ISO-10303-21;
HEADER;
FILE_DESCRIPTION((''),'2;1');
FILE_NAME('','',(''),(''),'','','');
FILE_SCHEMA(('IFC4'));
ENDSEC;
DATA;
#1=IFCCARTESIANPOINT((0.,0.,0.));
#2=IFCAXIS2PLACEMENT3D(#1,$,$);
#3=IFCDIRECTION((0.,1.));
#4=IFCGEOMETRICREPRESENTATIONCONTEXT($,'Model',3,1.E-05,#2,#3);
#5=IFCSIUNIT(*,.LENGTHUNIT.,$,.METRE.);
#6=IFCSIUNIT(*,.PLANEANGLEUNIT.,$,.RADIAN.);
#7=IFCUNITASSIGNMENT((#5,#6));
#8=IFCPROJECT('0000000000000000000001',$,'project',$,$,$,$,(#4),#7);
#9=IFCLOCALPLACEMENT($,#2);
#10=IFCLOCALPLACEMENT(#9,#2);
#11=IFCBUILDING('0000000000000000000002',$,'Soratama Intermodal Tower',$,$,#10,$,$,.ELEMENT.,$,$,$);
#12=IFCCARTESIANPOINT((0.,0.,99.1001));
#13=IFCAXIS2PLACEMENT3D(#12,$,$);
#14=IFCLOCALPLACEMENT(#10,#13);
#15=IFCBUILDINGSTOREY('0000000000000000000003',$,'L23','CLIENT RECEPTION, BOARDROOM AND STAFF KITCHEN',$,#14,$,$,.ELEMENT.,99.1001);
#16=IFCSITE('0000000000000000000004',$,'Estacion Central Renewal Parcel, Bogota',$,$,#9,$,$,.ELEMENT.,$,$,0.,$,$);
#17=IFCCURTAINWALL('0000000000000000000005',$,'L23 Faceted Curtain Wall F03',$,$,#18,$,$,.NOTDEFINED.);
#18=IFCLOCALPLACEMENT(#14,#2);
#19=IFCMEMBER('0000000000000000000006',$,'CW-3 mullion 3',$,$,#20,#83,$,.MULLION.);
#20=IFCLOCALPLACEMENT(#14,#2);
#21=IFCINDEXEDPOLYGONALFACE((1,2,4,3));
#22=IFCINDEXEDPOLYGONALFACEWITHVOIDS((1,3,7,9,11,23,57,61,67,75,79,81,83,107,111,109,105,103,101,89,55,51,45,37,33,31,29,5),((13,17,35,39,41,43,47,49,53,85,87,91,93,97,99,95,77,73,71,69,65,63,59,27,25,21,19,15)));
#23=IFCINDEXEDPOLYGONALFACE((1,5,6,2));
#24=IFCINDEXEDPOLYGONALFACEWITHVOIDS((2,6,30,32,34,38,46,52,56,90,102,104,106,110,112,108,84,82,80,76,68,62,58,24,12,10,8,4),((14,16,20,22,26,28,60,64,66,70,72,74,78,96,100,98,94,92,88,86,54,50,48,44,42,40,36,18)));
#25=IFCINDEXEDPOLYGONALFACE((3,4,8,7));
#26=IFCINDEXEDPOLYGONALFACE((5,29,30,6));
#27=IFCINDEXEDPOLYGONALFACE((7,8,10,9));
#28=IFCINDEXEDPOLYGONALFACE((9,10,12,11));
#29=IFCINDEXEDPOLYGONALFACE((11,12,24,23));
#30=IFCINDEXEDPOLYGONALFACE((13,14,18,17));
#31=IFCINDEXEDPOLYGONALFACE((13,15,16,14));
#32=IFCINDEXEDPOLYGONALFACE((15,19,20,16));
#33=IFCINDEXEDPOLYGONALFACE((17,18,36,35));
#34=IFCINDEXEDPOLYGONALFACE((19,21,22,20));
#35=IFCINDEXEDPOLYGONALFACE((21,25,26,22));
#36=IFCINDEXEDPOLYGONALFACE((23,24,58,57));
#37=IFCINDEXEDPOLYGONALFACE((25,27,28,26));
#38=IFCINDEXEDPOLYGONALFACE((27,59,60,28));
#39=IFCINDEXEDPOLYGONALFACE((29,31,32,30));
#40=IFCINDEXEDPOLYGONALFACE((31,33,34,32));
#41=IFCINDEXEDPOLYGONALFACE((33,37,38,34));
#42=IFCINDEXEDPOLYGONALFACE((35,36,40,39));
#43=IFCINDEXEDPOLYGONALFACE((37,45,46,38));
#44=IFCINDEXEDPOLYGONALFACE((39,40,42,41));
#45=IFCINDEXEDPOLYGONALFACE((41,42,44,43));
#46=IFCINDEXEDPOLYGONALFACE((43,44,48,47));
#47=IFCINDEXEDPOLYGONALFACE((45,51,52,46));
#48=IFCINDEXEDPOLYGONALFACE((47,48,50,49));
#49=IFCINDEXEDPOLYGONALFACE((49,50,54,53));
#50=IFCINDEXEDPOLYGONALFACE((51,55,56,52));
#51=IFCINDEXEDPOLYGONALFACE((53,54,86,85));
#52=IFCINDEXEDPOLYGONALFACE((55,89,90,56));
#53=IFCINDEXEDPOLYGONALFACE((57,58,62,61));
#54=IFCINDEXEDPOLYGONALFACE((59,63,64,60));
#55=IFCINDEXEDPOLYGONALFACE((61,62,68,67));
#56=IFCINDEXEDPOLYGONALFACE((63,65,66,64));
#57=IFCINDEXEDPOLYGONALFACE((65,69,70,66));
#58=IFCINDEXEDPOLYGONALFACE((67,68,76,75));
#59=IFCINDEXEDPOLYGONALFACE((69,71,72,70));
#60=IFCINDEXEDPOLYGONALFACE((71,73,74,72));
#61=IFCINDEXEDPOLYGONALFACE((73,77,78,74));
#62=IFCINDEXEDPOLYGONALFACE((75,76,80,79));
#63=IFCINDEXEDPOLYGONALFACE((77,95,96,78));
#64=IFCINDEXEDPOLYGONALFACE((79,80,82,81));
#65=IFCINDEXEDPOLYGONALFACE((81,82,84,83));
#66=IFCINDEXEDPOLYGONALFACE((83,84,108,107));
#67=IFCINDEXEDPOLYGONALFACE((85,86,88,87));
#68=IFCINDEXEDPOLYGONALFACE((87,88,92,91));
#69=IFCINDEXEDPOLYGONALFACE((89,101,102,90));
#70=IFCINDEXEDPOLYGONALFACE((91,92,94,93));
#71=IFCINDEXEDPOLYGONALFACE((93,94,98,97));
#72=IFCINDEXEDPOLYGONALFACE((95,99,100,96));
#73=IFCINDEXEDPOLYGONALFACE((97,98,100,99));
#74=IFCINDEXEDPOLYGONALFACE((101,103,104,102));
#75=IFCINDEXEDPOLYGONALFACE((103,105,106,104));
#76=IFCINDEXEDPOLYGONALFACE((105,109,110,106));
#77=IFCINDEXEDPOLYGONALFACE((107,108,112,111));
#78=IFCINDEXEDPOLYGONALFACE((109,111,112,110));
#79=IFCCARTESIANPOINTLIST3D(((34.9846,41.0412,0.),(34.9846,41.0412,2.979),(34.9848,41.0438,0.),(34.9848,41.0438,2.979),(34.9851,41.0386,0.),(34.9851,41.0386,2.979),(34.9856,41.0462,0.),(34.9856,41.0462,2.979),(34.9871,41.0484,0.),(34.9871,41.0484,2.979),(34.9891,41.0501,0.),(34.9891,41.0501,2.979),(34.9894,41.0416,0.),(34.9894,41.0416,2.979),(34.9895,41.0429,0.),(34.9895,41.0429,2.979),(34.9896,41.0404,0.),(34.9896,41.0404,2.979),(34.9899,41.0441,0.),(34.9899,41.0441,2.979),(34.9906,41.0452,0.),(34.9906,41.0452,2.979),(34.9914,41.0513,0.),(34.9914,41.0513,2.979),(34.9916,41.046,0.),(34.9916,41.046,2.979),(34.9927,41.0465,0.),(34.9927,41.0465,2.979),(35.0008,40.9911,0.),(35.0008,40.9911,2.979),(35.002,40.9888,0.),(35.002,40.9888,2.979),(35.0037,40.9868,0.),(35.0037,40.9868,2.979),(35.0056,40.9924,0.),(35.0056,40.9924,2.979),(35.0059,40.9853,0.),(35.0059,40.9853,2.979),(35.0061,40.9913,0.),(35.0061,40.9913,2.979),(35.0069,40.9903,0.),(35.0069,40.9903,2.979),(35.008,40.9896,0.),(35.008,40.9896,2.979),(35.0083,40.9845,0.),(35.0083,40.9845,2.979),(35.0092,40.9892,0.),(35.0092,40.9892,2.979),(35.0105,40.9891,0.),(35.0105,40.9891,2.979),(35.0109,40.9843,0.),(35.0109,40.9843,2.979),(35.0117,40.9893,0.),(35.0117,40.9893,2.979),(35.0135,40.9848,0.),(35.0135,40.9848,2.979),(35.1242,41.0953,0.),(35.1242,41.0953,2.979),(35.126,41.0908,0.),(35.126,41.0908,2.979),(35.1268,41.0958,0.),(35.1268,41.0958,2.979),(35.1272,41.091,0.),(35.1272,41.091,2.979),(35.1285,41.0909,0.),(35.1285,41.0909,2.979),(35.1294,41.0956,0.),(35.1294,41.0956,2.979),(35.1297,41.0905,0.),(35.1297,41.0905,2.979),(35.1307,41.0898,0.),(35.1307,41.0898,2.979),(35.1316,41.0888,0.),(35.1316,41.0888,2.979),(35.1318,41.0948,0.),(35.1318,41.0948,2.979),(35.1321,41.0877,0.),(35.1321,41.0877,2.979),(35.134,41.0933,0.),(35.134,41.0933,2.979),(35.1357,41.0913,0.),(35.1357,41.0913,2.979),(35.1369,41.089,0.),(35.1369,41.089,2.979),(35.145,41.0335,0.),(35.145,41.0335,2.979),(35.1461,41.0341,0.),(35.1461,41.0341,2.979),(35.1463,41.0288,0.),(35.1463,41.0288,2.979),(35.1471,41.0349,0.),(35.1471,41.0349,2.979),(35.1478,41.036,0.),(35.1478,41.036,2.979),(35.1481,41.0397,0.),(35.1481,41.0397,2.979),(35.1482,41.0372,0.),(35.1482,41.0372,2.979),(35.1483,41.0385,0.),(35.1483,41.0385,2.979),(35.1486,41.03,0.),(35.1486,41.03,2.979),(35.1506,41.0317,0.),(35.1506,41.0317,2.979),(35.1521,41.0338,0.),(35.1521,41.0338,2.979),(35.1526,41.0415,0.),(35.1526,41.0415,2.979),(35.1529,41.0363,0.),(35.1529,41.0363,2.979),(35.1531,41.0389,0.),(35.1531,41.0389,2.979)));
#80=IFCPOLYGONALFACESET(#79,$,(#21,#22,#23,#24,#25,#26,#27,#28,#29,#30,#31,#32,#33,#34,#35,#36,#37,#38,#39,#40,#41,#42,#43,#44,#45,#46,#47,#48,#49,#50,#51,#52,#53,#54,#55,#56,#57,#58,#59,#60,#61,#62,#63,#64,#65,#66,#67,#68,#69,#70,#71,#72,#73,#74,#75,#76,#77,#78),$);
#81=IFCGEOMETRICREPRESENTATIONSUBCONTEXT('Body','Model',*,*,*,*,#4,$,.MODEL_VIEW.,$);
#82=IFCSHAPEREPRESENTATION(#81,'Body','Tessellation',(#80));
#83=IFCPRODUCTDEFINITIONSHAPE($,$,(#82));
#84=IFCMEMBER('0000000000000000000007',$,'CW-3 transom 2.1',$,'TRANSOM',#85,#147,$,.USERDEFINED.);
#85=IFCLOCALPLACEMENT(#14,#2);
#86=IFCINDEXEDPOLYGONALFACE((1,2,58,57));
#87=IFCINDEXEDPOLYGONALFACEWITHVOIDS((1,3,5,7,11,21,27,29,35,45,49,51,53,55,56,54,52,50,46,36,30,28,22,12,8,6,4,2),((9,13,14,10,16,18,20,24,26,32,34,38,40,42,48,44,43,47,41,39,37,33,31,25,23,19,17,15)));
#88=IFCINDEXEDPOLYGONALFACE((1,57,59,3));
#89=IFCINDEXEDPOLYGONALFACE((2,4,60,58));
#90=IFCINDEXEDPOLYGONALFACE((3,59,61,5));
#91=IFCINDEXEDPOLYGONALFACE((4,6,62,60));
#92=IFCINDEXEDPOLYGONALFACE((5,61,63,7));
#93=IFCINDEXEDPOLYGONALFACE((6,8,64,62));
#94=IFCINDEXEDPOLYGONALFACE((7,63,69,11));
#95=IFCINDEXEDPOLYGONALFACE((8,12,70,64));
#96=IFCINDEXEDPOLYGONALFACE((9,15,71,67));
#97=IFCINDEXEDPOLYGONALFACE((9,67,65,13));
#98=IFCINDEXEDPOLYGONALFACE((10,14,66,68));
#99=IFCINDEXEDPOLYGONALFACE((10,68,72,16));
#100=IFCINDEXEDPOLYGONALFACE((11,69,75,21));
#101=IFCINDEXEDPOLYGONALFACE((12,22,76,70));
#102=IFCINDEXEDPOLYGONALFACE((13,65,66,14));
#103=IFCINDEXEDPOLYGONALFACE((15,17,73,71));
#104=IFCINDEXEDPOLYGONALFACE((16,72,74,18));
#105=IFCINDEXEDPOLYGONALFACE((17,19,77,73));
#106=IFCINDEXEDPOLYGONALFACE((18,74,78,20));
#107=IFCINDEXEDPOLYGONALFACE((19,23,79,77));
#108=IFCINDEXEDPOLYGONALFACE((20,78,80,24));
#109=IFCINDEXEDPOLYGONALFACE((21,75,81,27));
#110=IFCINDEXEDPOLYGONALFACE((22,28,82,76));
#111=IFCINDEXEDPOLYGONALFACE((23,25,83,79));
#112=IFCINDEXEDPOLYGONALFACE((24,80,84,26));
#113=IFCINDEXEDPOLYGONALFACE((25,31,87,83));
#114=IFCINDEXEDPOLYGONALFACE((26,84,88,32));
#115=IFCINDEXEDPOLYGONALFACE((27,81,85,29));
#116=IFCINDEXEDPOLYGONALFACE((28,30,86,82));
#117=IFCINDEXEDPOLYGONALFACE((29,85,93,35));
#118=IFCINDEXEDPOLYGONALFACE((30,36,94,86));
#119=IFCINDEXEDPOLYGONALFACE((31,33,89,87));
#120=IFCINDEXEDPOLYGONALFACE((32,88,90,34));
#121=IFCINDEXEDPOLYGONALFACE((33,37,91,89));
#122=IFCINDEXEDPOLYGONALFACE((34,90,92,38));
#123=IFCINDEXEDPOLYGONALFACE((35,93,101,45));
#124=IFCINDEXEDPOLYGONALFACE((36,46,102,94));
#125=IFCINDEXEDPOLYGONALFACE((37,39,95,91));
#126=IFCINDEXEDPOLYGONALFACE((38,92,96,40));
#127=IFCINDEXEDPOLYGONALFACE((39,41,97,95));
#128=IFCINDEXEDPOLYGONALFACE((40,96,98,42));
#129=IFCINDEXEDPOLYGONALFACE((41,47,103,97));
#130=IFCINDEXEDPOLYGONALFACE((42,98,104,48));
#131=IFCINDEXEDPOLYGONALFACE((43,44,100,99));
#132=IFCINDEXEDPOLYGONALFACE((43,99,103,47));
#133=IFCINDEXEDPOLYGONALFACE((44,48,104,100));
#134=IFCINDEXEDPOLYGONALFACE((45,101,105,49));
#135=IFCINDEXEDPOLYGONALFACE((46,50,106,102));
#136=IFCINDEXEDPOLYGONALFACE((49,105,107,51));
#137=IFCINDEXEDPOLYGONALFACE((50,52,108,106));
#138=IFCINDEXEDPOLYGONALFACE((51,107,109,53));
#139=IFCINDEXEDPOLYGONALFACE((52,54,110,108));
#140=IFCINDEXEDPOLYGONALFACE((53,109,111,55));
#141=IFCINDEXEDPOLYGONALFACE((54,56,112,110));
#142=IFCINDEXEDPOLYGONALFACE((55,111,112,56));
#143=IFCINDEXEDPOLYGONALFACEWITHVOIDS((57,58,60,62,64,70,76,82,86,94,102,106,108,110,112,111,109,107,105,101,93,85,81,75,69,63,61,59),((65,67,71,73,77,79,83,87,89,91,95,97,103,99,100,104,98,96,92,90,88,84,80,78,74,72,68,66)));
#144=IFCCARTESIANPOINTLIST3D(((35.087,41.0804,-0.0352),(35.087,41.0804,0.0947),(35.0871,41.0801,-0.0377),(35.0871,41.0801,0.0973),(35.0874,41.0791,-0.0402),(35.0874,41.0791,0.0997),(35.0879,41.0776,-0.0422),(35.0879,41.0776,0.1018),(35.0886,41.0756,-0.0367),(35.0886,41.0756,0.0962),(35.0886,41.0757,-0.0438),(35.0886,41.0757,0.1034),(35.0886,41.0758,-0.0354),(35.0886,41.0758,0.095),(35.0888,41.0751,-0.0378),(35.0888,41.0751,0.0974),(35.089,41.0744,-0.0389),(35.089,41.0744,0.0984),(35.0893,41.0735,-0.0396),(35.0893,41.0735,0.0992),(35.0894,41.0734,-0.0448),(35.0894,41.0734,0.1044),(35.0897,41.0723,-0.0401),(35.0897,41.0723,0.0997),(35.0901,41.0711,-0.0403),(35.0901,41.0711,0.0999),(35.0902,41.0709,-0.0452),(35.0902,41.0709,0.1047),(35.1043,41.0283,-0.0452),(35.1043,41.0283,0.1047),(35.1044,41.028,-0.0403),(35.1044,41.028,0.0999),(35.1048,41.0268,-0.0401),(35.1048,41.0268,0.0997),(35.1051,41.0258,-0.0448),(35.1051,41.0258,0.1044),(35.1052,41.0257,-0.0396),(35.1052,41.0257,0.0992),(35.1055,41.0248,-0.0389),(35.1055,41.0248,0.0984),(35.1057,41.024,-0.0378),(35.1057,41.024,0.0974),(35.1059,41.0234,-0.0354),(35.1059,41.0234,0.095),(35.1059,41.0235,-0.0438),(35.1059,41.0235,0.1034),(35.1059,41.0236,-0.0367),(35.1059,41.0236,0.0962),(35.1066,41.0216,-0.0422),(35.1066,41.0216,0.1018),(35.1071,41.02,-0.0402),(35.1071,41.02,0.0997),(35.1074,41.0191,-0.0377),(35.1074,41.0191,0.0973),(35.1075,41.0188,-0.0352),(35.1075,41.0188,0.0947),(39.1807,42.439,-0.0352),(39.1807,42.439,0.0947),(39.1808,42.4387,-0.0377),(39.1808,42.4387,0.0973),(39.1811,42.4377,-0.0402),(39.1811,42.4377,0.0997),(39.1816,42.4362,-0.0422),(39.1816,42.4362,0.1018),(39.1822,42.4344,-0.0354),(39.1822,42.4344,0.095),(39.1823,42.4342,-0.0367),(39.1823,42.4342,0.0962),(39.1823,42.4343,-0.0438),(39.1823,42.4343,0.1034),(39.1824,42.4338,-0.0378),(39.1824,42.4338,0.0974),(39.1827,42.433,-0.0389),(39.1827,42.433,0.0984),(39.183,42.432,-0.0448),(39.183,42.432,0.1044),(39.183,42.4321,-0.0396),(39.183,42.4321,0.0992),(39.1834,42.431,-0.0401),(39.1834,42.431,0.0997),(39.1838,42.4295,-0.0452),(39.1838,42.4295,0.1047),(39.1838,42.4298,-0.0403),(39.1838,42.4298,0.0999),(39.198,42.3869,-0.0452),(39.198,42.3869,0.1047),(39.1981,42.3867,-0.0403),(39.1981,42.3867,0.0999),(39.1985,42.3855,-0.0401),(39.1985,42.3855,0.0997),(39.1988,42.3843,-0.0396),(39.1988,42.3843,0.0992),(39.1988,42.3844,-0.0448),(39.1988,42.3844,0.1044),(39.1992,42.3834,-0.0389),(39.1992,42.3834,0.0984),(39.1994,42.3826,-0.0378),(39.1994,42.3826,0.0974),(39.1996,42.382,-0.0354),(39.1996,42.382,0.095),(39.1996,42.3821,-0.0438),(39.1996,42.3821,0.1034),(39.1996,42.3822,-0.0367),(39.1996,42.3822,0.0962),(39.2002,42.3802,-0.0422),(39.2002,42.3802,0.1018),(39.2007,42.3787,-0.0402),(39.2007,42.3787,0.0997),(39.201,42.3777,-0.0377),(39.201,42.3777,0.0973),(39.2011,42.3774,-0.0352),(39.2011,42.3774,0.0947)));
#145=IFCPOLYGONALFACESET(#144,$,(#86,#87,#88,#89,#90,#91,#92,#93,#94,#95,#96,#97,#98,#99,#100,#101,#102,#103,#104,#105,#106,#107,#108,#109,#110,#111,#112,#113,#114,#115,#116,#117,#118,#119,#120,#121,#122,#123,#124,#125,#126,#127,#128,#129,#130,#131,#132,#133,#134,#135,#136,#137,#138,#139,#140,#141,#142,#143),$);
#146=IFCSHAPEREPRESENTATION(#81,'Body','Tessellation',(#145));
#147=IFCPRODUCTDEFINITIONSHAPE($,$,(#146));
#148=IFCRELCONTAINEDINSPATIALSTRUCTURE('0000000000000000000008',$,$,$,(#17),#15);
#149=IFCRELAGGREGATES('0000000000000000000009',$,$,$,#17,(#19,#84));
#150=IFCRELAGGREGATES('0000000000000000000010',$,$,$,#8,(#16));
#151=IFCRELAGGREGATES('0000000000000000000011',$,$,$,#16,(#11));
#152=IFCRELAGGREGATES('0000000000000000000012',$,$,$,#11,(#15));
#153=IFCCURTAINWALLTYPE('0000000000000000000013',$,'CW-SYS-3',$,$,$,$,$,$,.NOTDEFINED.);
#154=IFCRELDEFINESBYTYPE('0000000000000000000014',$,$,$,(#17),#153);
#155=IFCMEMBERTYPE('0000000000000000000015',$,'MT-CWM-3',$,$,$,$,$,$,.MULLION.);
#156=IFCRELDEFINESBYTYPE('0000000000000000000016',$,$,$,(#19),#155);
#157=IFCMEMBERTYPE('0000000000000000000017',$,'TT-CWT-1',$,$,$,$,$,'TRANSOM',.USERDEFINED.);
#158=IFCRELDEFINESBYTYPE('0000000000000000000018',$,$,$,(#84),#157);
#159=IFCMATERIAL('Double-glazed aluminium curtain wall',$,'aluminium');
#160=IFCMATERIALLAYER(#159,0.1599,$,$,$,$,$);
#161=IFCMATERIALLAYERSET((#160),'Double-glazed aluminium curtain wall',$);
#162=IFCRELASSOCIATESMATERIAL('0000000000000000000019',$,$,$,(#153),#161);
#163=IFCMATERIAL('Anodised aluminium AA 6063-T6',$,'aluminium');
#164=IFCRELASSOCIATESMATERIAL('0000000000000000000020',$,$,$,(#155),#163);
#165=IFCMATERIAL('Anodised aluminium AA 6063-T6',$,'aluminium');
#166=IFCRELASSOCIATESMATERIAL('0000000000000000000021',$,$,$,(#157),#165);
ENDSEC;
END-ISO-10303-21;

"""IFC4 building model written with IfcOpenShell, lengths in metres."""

from ifc_helpers import new_model, si_unit, direction, frame, origin, origin_2d, place, context, subcontext, project, spatial, hollow_rectangle, extrude, material, layer, layer_set, material_profile, profile_set, type_object, element, aggregate, save


model = new_model("IFC4")

# Units and contexts
model_context = context("Model", 3, precision=1e-05, world=origin(), true_north=direction((0.0, 1.0)))
body_context = subcontext(model_context, "Body", "Model", "MODEL_VIEW")
ifc_project = project(units=[si_unit("LENGTHUNIT", "METRE"), si_unit("PLANEANGLEUNIT", "RADIAN")], contexts=[model_context])

# Site, building, storey
site_placement = place(None, origin())
site = spatial("IfcSite", under=ifc_project, at=site_placement, Name="Estacion Central Renewal Parcel, Bogota", CompositionType="ELEMENT", RefElevation=0.0)
building_placement = place(site_placement, origin())
building = spatial("IfcBuilding", under=site, at=building_placement, Name="Soratama Intermodal Tower", CompositionType="ELEMENT")
storey_placement = place(building_placement, frame((0.0, 0.0, 99.1001)))
storey = spatial("IfcBuildingStorey", under=building, at=storey_placement, Name="L23", Description="CLIENT RECEPTION, BOARDROOM AND STAFF KITCHEN", CompositionType="ELEMENT", Elevation=99.1001)

# Curtain wall, members
ifc_material_1 = material(Name="Double-glazed aluminium curtain wall", Category="aluminium")
ifc_layer_1 = layer(ifc_material_1, 0.1599)
ifc_layer_set_1 = layer_set([ifc_layer_1], Name="Double-glazed aluminium curtain wall")
curtain_wall_type = type_object("IfcCurtainWallType", Name="CW-SYS-3", PredefinedType="NOTDEFINED", material=ifc_layer_set_1)
curtain_wall_placement = place(storey_placement, origin())
curtain_wall = element("IfcCurtainWall", 1, at=curtain_wall_placement, inside=storey, type_object=curtain_wall_type, Name="L23 Faceted Curtain Wall F03", PredefinedType="NOTDEFINED")
ifc_material_2 = material(Name="Anodised aluminium AA 6063-T6", Category="aluminium")
ifc_material_profile_1 = material_profile(ifc_material_2, hollow_rectangle(XDim=0.0701, YDim=0.1599, WallThickness=0.0049, InnerFilletRadius=0.0049, OuterFilletRadius=0.01, at=origin_2d()), Name="CWM160X70X5")
ifc_profile_set_1 = profile_set([ifc_material_profile_1], Name="Anodised aluminium AA 6063-T6")
member_type_1 = type_object("IfcMemberType", Name="MT-CWM-3", PredefinedType="MULLION", material=ifc_profile_set_1)
member_1_placement = place(storey_placement, frame((35.0688, 41.04, 0.0), z_axis=(0.0, 0.0, 1.0), x_axis=(0.314994, -0.949094, 0.0)))
member_1 = element("IfcMember", 2, at=member_1_placement, type_object=member_type_1, Name="CW-3 mullion 3", PredefinedType="MULLION", context=body_context, shape_type="SweptSolid", body=[
    extrude(hollow_rectangle(XDim=0.0701, YDim=0.1599, WallThickness=0.0049, InnerFilletRadius=0.0049, OuterFilletRadius=0.01, at=origin_2d()), origin(), (0.0, 0.0, 1.0), 2.979),
])
ifc_material_3 = material(Name="Anodised aluminium AA 6063-T6", Category="aluminium")
ifc_material_profile_2 = material_profile(ifc_material_3, hollow_rectangle(XDim=0.0649, YDim=0.1499, WallThickness=0.0049, InnerFilletRadius=0.0049, OuterFilletRadius=0.01, at=origin_2d()), Name="CWT150X65X5")
ifc_profile_set_2 = profile_set([ifc_material_profile_2], Name="Anodised aluminium AA 6063-T6")
member_type_2 = type_object("IfcMemberType", Name="TT-CWT-1", ElementType="TRANSOM", PredefinedType="USERDEFINED", material=ifc_profile_set_2)
member_2_placement = place(storey_placement, frame((39.1909, 42.4082, 0.0298), z_axis=(-0.949096, -0.314988, 0.0), x_axis=(0.314988, -0.949096, 0.0)))
member_2 = element("IfcMember", 3, at=member_2_placement, type_object=member_type_2, Name="CW-3 transom 2.1", ObjectType="TRANSOM", PredefinedType="USERDEFINED", context=body_context, shape_type="SweptSolid", body=[
    extrude(hollow_rectangle(XDim=0.0649, YDim=0.1499, WallThickness=0.0049, InnerFilletRadius=0.0049, OuterFilletRadius=0.01, at=origin_2d()), origin(), (0.0, 0.0, 1.0), 4.3132),
])
aggregate(curtain_wall, [member_1, member_2])

save(model, "model.ifc")
